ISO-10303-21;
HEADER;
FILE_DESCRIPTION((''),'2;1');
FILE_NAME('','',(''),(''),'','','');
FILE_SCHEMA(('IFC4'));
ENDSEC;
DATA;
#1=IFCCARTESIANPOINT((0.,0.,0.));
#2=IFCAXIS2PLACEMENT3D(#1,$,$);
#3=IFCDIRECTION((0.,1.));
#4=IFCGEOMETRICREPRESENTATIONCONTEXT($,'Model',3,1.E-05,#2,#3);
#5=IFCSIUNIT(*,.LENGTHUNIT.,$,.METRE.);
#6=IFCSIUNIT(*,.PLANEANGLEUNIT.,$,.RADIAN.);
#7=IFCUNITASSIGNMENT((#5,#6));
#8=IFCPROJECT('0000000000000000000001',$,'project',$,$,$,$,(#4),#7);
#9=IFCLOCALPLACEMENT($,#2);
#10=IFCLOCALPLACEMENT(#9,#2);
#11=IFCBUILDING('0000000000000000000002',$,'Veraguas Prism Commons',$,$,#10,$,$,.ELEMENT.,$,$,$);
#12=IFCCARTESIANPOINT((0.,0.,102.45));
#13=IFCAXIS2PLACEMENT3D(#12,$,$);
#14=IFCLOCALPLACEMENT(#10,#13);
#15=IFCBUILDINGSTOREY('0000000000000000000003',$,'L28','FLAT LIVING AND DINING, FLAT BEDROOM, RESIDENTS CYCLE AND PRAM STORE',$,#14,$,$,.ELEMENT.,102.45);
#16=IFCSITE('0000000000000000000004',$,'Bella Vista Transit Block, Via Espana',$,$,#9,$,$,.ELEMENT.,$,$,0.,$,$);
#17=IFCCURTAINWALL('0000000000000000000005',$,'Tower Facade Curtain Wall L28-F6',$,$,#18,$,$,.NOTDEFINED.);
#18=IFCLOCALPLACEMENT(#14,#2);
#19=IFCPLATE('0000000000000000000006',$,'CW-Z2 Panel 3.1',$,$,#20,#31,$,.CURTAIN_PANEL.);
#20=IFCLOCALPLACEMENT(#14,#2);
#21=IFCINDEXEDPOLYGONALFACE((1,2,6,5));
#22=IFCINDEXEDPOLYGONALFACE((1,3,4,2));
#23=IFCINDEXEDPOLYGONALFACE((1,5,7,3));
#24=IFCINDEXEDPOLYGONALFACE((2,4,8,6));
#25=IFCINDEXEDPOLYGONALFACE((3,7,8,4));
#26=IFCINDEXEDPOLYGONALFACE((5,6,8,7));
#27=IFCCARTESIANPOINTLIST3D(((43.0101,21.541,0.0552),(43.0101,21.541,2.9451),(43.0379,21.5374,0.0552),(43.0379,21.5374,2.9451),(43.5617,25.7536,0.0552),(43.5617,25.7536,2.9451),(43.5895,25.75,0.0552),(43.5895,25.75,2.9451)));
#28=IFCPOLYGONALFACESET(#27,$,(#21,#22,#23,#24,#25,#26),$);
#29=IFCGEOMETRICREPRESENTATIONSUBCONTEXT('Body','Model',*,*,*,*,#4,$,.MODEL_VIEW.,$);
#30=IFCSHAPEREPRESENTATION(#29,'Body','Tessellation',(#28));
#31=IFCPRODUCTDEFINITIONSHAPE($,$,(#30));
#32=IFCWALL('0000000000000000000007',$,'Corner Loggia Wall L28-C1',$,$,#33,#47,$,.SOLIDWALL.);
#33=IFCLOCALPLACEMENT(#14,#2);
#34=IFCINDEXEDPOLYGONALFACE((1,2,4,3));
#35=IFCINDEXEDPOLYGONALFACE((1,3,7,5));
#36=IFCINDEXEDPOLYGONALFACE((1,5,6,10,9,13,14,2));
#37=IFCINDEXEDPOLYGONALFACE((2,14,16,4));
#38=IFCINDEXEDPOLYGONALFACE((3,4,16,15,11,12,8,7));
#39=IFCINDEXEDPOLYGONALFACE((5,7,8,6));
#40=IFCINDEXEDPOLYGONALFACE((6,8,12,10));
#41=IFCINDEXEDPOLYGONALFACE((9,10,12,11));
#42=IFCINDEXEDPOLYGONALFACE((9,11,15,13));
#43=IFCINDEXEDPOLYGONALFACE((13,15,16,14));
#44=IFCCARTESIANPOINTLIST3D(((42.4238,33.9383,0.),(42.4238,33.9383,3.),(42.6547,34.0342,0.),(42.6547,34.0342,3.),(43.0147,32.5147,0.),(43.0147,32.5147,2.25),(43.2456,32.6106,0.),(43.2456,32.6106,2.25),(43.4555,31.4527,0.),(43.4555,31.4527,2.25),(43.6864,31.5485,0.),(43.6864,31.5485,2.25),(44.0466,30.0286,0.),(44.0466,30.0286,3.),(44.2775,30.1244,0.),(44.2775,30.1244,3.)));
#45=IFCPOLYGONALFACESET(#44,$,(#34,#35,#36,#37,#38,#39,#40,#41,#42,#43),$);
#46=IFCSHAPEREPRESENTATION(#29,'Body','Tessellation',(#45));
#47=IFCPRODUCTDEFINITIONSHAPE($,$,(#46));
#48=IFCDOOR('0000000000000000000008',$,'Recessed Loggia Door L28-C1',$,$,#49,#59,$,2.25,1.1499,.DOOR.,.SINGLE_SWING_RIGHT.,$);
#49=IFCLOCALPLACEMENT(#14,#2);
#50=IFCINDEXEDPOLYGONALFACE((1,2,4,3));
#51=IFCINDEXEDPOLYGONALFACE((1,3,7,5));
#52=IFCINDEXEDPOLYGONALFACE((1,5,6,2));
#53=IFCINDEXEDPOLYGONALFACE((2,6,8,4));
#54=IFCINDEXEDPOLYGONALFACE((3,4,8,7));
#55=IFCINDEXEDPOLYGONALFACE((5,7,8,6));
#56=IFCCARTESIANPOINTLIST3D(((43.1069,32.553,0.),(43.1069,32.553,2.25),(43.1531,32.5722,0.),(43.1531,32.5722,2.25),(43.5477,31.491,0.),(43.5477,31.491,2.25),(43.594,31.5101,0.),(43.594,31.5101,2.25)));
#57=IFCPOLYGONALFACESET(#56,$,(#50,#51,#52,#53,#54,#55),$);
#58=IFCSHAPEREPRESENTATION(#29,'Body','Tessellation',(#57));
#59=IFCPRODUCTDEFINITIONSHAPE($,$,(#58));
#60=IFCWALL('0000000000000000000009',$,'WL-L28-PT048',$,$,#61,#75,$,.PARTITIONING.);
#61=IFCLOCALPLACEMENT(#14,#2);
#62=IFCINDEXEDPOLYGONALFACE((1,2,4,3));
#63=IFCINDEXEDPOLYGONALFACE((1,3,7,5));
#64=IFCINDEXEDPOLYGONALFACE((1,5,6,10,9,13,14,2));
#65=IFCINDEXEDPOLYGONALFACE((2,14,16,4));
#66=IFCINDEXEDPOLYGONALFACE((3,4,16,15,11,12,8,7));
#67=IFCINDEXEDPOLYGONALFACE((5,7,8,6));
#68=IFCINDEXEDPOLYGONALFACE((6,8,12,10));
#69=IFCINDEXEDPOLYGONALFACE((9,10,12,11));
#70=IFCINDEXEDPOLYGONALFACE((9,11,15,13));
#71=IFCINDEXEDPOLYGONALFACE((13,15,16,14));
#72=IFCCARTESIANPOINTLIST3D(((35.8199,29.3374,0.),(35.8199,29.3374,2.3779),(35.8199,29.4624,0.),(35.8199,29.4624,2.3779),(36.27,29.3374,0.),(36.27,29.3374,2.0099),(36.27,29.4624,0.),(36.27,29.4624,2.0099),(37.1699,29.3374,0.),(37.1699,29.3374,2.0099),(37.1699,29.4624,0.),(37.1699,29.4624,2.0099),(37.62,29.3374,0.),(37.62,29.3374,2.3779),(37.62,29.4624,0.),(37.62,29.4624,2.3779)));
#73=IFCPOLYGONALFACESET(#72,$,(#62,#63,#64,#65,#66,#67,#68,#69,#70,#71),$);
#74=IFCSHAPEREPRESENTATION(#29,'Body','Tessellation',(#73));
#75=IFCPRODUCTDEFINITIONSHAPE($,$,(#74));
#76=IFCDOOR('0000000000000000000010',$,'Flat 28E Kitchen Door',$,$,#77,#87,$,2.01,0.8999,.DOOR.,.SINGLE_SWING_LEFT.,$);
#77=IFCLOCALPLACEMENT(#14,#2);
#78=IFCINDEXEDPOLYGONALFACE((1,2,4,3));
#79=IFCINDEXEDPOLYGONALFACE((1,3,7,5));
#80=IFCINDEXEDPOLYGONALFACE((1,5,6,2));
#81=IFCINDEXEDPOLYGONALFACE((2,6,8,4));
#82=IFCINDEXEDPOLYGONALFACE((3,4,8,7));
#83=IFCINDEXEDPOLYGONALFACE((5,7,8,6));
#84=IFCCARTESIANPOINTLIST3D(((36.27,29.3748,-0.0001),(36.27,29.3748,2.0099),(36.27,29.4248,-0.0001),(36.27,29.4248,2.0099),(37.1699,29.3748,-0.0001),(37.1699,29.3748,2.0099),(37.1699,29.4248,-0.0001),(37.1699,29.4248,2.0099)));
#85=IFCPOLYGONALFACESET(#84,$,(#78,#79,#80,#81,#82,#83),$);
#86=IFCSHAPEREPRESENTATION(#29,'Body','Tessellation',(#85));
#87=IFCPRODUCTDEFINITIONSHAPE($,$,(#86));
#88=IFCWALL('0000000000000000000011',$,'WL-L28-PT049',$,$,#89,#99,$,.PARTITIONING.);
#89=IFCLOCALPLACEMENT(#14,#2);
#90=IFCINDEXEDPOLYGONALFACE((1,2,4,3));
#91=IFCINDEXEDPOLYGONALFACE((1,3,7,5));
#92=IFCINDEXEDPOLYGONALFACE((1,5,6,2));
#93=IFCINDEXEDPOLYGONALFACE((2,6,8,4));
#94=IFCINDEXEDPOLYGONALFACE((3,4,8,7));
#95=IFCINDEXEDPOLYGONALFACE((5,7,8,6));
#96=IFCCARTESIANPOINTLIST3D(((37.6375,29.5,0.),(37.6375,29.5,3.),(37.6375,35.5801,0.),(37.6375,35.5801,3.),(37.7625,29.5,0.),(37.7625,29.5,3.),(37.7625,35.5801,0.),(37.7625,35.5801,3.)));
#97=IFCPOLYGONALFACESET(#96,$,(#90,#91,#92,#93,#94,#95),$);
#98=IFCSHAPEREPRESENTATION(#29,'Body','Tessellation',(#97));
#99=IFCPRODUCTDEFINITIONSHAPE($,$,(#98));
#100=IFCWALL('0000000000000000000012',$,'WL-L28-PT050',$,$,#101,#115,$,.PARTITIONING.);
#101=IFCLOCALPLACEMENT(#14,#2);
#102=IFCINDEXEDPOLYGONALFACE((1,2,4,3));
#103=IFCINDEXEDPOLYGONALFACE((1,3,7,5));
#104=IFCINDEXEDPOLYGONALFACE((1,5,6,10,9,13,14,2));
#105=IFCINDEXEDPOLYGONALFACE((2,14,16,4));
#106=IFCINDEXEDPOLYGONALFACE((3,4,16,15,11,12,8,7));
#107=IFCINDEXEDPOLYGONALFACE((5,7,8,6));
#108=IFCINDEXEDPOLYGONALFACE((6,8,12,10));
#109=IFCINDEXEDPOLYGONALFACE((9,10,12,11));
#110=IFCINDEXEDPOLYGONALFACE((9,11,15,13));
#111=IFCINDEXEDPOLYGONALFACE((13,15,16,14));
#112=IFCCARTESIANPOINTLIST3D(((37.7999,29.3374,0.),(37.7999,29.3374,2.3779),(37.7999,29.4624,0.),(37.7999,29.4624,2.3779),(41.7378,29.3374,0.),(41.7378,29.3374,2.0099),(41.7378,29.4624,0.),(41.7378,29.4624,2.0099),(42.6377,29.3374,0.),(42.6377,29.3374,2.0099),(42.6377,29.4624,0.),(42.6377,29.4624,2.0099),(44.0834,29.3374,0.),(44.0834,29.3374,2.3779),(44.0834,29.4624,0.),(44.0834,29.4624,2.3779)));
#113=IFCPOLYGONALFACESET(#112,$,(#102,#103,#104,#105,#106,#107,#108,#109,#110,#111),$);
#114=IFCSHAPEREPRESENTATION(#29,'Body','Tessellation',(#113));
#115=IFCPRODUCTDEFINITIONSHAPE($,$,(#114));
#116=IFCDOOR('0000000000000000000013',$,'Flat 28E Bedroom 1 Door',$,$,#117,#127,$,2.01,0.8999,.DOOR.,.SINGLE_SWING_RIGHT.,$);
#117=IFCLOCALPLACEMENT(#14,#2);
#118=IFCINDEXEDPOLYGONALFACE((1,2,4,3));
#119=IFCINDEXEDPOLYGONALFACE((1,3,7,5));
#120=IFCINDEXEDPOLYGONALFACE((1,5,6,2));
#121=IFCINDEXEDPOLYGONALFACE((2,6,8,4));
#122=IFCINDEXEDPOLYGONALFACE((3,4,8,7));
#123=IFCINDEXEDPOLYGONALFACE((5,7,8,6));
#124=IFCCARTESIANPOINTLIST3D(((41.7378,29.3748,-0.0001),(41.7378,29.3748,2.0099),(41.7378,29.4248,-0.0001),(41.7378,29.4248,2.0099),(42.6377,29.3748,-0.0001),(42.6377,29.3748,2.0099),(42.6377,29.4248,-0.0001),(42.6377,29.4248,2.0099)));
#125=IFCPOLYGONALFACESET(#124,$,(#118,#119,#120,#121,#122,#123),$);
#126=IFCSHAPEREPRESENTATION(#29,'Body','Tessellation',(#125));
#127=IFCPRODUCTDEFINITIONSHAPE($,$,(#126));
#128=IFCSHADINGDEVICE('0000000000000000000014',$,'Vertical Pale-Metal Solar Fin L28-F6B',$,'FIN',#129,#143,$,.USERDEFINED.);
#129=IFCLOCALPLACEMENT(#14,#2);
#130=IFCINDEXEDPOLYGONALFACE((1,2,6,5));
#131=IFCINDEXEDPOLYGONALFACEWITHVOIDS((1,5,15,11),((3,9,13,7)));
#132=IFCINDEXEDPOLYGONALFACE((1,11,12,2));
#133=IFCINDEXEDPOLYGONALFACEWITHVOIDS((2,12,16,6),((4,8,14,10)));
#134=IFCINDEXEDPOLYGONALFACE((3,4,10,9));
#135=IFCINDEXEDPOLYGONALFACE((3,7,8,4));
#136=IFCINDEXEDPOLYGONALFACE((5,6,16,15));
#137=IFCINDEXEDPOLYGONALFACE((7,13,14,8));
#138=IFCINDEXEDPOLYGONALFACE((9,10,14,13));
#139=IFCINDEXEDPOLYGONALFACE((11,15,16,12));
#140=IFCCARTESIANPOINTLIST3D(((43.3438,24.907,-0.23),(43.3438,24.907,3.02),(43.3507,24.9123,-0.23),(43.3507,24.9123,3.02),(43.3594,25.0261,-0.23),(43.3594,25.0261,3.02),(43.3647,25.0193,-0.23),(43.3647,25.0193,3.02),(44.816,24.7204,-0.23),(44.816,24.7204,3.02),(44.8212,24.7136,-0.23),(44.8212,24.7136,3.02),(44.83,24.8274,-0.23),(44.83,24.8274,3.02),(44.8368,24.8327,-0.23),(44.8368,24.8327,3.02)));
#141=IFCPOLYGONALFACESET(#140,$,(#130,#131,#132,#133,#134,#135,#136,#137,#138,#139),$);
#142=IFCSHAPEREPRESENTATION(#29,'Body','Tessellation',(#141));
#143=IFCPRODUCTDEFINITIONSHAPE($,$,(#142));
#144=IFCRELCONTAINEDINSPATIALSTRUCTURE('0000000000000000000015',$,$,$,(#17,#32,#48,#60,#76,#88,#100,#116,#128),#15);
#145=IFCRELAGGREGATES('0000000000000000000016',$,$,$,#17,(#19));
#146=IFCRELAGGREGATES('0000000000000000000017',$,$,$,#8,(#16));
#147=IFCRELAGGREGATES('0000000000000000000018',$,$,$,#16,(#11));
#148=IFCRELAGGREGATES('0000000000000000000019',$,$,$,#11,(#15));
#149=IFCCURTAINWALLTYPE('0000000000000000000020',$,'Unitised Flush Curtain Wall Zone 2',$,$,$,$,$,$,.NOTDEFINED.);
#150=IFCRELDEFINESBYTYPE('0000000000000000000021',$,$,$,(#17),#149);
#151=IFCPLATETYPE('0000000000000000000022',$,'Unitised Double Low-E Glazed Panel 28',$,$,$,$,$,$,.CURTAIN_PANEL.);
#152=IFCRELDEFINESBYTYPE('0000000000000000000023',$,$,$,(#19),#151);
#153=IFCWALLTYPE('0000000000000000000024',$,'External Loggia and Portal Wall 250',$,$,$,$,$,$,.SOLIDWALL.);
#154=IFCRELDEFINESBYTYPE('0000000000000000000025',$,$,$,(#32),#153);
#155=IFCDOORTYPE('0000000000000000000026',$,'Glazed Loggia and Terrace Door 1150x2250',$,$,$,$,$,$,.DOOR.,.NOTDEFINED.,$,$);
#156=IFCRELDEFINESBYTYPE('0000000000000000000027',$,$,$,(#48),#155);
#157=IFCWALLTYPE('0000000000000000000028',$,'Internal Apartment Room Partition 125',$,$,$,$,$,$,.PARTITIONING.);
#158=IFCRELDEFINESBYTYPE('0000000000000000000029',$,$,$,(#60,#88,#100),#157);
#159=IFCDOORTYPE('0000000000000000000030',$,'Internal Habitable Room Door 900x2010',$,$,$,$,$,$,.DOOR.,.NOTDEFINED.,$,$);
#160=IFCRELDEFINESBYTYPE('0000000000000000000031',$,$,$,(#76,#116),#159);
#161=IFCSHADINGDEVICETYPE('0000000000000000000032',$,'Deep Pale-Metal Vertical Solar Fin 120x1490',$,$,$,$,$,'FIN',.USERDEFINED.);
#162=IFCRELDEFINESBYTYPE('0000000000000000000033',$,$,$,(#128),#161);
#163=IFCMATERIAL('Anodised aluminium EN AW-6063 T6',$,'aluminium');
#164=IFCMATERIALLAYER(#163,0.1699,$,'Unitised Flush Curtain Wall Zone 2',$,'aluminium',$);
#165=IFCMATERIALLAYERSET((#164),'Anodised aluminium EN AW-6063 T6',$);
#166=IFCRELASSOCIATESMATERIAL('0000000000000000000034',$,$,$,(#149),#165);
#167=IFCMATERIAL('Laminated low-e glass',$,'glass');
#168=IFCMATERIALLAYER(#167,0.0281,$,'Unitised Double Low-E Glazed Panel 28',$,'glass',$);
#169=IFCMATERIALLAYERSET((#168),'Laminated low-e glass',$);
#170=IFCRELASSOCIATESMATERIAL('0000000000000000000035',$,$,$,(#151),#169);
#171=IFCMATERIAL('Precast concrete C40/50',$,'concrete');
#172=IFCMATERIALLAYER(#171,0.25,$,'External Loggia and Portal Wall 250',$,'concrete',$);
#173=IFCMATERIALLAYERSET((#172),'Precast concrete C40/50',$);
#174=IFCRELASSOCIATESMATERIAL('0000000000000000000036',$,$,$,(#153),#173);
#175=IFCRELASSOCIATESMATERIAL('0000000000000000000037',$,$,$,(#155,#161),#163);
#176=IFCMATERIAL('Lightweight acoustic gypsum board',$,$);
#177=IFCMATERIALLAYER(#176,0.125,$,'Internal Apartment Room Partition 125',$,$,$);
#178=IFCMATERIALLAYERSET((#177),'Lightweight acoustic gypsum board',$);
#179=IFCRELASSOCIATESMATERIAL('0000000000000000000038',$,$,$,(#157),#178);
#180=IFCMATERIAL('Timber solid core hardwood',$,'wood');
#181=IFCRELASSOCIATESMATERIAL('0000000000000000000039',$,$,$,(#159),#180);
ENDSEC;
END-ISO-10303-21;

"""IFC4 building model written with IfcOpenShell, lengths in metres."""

from ifc_helpers import new_model, si_unit, direction, frame, frame_2d, origin, origin_2d, place, context, subcontext, project, spatial, rectangle, hollow_rectangle, extrude, source, transform, mapped, material, layer, layer_set, material_profile, profile_set, type_object, element, fill, aggregate, save


model = new_model("IFC4")

# Units and contexts
model_context = context("Model", 3, precision=1e-05, world=origin(), true_north=direction((0.0, 1.0)))
body_context = subcontext(model_context, "Body", "Model", "MODEL_VIEW")
ifc_project = project(units=[si_unit("LENGTHUNIT", "METRE"), si_unit("PLANEANGLEUNIT", "RADIAN")], contexts=[model_context])

# Site, building, storey
site_placement = place(None, origin())
site = spatial("IfcSite", under=ifc_project, at=site_placement, Name="Bella Vista Transit Block, Via Espana", CompositionType="ELEMENT", RefElevation=0.0)
building_placement = place(site_placement, origin())
building = spatial("IfcBuilding", under=site, at=building_placement, Name="Veraguas Prism Commons", CompositionType="ELEMENT")
storey_placement = place(building_placement, frame((0.0, 0.0, 102.45)))
storey = spatial("IfcBuildingStorey", under=building, at=storey_placement, Name="L28", Description="FLAT LIVING AND DINING, FLAT BEDROOM, RESIDENTS CYCLE AND PRAM STORE", CompositionType="ELEMENT", Elevation=102.45)

# Shared definitions
ifc_material_1 = material(Name="Anodised aluminium EN AW-6063 T6", Category="aluminium")
ifc_layer_1 = layer(ifc_material_1, 0.1699, Name="Unitised Flush Curtain Wall Zone 2", Category="aluminium")
ifc_layer_set_1 = layer_set([ifc_layer_1], Name="Anodised aluminium EN AW-6063 T6")
curtain_wall_type = type_object("IfcCurtainWallType", Name="Unitised Flush Curtain Wall Zone 2", PredefinedType="NOTDEFINED", material=ifc_layer_set_1)

# Curtain wall, plate
curtain_wall_1_placement = place(storey_placement, origin())
curtain_wall_1 = element("IfcCurtainWall", 1, at=curtain_wall_1_placement, inside=storey, type_object=curtain_wall_type, Name="Tower Facade Curtain Wall L28-F6", PredefinedType="NOTDEFINED")
ifc_material_2 = material(Name="Laminated low-e glass", Category="glass")
ifc_layer_2 = layer(ifc_material_2, 0.0281, Name="Unitised Double Low-E Glazed Panel 28", Category="glass")
ifc_layer_set_2 = layer_set([ifc_layer_2], Name="Laminated low-e glass")
plate_type = type_object("IfcPlateType", Name="Unitised Double Low-E Glazed Panel 28", PredefinedType="CURTAIN_PANEL", material=ifc_layer_set_2)
shared_shape_1 = source(origin(), body_context, "Body", "SweptSolid", [
    extrude(rectangle(XDim=4.2485, YDim=0.0281, at=origin_2d()), origin(), (0.0, 0.0, 1.0), 2.8899),
])
plate_1_placement = place(storey_placement, frame((43.2998, 23.6455, 0.0552), z_axis=(0.0, 0.0, 1.0), x_axis=(0.129834, 0.991536, 0.0)))
plate_1 = element("IfcPlate", 2, at=plate_1_placement, type_object=plate_type, Name="CW-Z2 Panel 3.1", PredefinedType="CURTAIN_PANEL", context=body_context, shape_type="MappedRepresentation", body=[
    mapped(shared_shape_1, transform((0.0, 0.0, 0.0), scale=1.0)),
])
aggregate(curtain_wall_1, [plate_1])

# Walls, openings, doors
ifc_material_3 = material(Name="Precast concrete C40/50", Category="concrete")
ifc_layer_3 = layer(ifc_material_3, 0.25, Name="External Loggia and Portal Wall 250", Category="concrete")
ifc_layer_set_3 = layer_set([ifc_layer_3], Name="Precast concrete C40/50")
wall_type_1 = type_object("IfcWallType", Name="External Loggia and Portal Wall 250", PredefinedType="SOLIDWALL", material=ifc_layer_set_3)
wall_1_placement = place(storey_placement, frame((44.1621, 30.0764, 0.0), z_axis=(0.0, 0.0, 1.0), x_axis=(-0.383362, 0.923598, 0.0)))
wall_1 = element("IfcWall", 3, at=wall_1_placement, inside=storey, type_object=wall_type_1, Name="Corner Loggia Wall L28-C1", PredefinedType="SOLIDWALL", context=body_context, shape_type="SweptSolid", body=[
    extrude(rectangle(XDim=4.2332, YDim=0.25, at=frame_2d((2.1167, 0.0))), origin(), (0.0, 0.0, 1.0), 3.0),
])
opening_1_placement = place(wall_1_placement, frame((1.542, 0.0, 0.0)))
opening_1 = element("IfcOpeningElement", 4, at=opening_1_placement, cuts=wall_1, PredefinedType="OPENING", context=body_context, shape_type="SweptSolid", body=[
    extrude(rectangle(XDim=1.1499, YDim=2.25, at=frame_2d((0.575, 1.125))), frame((0.0, 0.135, 0.0), z_axis=(0.0, -1.0, 0.0), x_axis=(1.0, 0.0, 0.0)), (0.0, 0.0, 1.0), 0.27),
])
door_type_1 = type_object("IfcDoorType", Name="Glazed Loggia and Terrace Door 1150x2250", OperationType="NOTDEFINED", PredefinedType="DOOR", material=ifc_material_1)
shared_shape_2 = source(origin(), body_context, "Body", "SweptSolid", [
    extrude(rectangle(XDim=1.1499, YDim=2.25, at=frame_2d((0.575, 1.125))), frame((0.0, 0.0249, 0.0), z_axis=(0.0, -1.0, 0.0), x_axis=(1.0, 0.0, 0.0)), (0.0, 0.0, 1.0), 0.05),
])
door_1_placement = place(opening_1_placement, frame((1.1499, 0.0, 0.0), z_axis=(0.0, 0.0, 1.0), x_axis=(-1.0, 0.0, 0.0)))
door_1 = element("IfcDoor", 5, at=door_1_placement, inside=storey, type_object=door_type_1, Name="Recessed Loggia Door L28-C1", OperationType="SINGLE_SWING_RIGHT", OverallHeight=2.25, OverallWidth=1.1499, PredefinedType="DOOR", context=body_context, shape_type="MappedRepresentation", body=[
    mapped(shared_shape_2, transform((0.0, 0.0, 0.0), scale=1.0)),
])
fill(opening_1, door_1)
ifc_material_4 = material(Name="Lightweight acoustic gypsum board")
ifc_layer_4 = layer(ifc_material_4, 0.125, Name="Internal Apartment Room Partition 125")
ifc_layer_set_4 = layer_set([ifc_layer_4], Name="Lightweight acoustic gypsum board")
wall_type_2 = type_object("IfcWallType", Name="Internal Apartment Room Partition 125", PredefinedType="PARTITIONING", material=ifc_layer_set_4)
wall_2_placement = place(storey_placement, frame((35.8201, 29.3999, 0.0), z_axis=(0.0, 0.0, 1.0), x_axis=(1.0, 0.0, 0.0)))
wall_2 = element("IfcWall", 6, at=wall_2_placement, inside=storey, type_object=wall_type_2, Name="WL-L28-PT048", PredefinedType="PARTITIONING", context=body_context, shape_type="SweptSolid", body=[
    extrude(rectangle(XDim=1.8, YDim=0.125, at=frame_2d((0.8999, 0.0))), origin(), (0.0, 0.0, 1.0), 2.3779),
])
opening_2_placement = place(wall_2_placement, frame((0.45, 0.0, 0.0)))
opening_2 = element("IfcOpeningElement", 7, at=opening_2_placement, cuts=wall_2, PredefinedType="OPENING", context=body_context, shape_type="SweptSolid", body=[
    extrude(rectangle(XDim=0.8999, YDim=2.01, at=frame_2d((0.45, 1.0049))), frame((0.0, 0.0725, 0.0), z_axis=(0.0, -1.0, 0.0), x_axis=(1.0, 0.0, 0.0)), (0.0, 0.0, 1.0), 0.145),
])
ifc_material_5 = material(Name="Timber solid core hardwood", Category="wood")
door_type_2 = type_object("IfcDoorType", Name="Internal Habitable Room Door 900x2010", OperationType="NOTDEFINED", PredefinedType="DOOR", material=ifc_material_5)
shared_shape_3 = source(origin(), body_context, "Body", "SweptSolid", [
    extrude(rectangle(XDim=0.8999, YDim=2.01, at=frame_2d((0.45, 1.0049))), frame((0.0, 0.0249, 0.0), z_axis=(0.0, -1.0, 0.0), x_axis=(1.0, 0.0, 0.0)), (0.0, 0.0, 1.0), 0.05),
])
door_2_placement = place(opening_2_placement, origin())
door_2 = element("IfcDoor", 8, at=door_2_placement, inside=storey, type_object=door_type_2, Name="Flat 28E Kitchen Door", OperationType="SINGLE_SWING_LEFT", OverallHeight=2.01, OverallWidth=0.8999, PredefinedType="DOOR", context=body_context, shape_type="MappedRepresentation", body=[
    mapped(shared_shape_3, transform((0.0, 0.0, 0.0), scale=1.0)),
])
fill(opening_2, door_2)

# Wall
wall_3_placement = place(storey_placement, frame((37.7, 29.5, 0.0), z_axis=(0.0, 0.0, 1.0), x_axis=(0.0, 1.0, 0.0)))
element("IfcWall", 9, at=wall_3_placement, inside=storey, type_object=wall_type_2, Name="WL-L28-PT049", PredefinedType="PARTITIONING", context=body_context, shape_type="SweptSolid", body=[
    extrude(rectangle(XDim=6.0801, YDim=0.125, at=frame_2d((3.04, 0.0))), origin(), (0.0, 0.0, 1.0), 3.0),
])

# Wall, opening, door
wall_4_placement = place(storey_placement, frame((37.8, 29.3999, 0.0), z_axis=(0.0, 0.0, 1.0), x_axis=(1.0, 0.0, 0.0)))
wall_4 = element("IfcWall", 10, at=wall_4_placement, inside=storey, type_object=wall_type_2, Name="WL-L28-PT050", PredefinedType="PARTITIONING", context=body_context, shape_type="SweptSolid", body=[
    extrude(rectangle(XDim=6.2834, YDim=0.125, at=frame_2d((3.1416, 0.0))), origin(), (0.0, 0.0, 1.0), 2.3779),
])
opening_3_placement = place(wall_4_placement, frame((3.9377, 0.0, 0.0)))
opening_3 = element("IfcOpeningElement", 11, at=opening_3_placement, cuts=wall_4, PredefinedType="OPENING", context=body_context, shape_type="SweptSolid", body=[
    extrude(rectangle(XDim=0.8999, YDim=2.01, at=frame_2d((0.45, 1.0049))), frame((0.0, 0.0725, 0.0), z_axis=(0.0, -1.0, 0.0), x_axis=(1.0, 0.0, 0.0)), (0.0, 0.0, 1.0), 0.145),
])
door_3_placement = place(opening_3_placement, origin())
door_3 = element("IfcDoor", 12, at=door_3_placement, inside=storey, type_object=door_type_2, Name="Flat 28E Bedroom 1 Door", OperationType="SINGLE_SWING_RIGHT", OverallHeight=2.01, OverallWidth=0.8999, PredefinedType="DOOR", context=body_context, shape_type="MappedRepresentation", body=[
    mapped(shared_shape_3, transform((0.0, 0.0, 0.0), scale=1.0)),
])
fill(opening_3, door_3)

# Shading device
ifc_material_profile_1 = material_profile(ifc_material_1, hollow_rectangle(XDim=0.1201, YDim=1.49, WallThickness=0.0061, at=origin_2d()), Name="FIN120X1490X6")
ifc_profile_set_1 = profile_set([ifc_material_profile_1], Name="Anodised aluminium EN AW-6063 T6")
shading_device_type = type_object("IfcShadingDeviceType", Name="Deep Pale-Metal Vertical Solar Fin 120x1490", ElementType="FIN", PredefinedType="USERDEFINED", material=ifc_profile_set_1)
shading_device_placement = place(storey_placement, frame((44.0903, 24.8699, -0.23), z_axis=(0.0, 0.0, 1.0), x_axis=(0.129834, 0.991536, 0.0)))
element("IfcShadingDevice", 13, at=shading_device_placement, inside=storey, type_object=shading_device_type, Name="Vertical Pale-Metal Solar Fin L28-F6B", ObjectType="FIN", PredefinedType="USERDEFINED", context=body_context, shape_type="SweptSolid", body=[
    extrude(hollow_rectangle(XDim=0.1201, YDim=1.49, WallThickness=0.0061, at=origin_2d()), origin(), (0.0, 0.0, 1.0), 3.25),
])

save(model, "model.ifc")
